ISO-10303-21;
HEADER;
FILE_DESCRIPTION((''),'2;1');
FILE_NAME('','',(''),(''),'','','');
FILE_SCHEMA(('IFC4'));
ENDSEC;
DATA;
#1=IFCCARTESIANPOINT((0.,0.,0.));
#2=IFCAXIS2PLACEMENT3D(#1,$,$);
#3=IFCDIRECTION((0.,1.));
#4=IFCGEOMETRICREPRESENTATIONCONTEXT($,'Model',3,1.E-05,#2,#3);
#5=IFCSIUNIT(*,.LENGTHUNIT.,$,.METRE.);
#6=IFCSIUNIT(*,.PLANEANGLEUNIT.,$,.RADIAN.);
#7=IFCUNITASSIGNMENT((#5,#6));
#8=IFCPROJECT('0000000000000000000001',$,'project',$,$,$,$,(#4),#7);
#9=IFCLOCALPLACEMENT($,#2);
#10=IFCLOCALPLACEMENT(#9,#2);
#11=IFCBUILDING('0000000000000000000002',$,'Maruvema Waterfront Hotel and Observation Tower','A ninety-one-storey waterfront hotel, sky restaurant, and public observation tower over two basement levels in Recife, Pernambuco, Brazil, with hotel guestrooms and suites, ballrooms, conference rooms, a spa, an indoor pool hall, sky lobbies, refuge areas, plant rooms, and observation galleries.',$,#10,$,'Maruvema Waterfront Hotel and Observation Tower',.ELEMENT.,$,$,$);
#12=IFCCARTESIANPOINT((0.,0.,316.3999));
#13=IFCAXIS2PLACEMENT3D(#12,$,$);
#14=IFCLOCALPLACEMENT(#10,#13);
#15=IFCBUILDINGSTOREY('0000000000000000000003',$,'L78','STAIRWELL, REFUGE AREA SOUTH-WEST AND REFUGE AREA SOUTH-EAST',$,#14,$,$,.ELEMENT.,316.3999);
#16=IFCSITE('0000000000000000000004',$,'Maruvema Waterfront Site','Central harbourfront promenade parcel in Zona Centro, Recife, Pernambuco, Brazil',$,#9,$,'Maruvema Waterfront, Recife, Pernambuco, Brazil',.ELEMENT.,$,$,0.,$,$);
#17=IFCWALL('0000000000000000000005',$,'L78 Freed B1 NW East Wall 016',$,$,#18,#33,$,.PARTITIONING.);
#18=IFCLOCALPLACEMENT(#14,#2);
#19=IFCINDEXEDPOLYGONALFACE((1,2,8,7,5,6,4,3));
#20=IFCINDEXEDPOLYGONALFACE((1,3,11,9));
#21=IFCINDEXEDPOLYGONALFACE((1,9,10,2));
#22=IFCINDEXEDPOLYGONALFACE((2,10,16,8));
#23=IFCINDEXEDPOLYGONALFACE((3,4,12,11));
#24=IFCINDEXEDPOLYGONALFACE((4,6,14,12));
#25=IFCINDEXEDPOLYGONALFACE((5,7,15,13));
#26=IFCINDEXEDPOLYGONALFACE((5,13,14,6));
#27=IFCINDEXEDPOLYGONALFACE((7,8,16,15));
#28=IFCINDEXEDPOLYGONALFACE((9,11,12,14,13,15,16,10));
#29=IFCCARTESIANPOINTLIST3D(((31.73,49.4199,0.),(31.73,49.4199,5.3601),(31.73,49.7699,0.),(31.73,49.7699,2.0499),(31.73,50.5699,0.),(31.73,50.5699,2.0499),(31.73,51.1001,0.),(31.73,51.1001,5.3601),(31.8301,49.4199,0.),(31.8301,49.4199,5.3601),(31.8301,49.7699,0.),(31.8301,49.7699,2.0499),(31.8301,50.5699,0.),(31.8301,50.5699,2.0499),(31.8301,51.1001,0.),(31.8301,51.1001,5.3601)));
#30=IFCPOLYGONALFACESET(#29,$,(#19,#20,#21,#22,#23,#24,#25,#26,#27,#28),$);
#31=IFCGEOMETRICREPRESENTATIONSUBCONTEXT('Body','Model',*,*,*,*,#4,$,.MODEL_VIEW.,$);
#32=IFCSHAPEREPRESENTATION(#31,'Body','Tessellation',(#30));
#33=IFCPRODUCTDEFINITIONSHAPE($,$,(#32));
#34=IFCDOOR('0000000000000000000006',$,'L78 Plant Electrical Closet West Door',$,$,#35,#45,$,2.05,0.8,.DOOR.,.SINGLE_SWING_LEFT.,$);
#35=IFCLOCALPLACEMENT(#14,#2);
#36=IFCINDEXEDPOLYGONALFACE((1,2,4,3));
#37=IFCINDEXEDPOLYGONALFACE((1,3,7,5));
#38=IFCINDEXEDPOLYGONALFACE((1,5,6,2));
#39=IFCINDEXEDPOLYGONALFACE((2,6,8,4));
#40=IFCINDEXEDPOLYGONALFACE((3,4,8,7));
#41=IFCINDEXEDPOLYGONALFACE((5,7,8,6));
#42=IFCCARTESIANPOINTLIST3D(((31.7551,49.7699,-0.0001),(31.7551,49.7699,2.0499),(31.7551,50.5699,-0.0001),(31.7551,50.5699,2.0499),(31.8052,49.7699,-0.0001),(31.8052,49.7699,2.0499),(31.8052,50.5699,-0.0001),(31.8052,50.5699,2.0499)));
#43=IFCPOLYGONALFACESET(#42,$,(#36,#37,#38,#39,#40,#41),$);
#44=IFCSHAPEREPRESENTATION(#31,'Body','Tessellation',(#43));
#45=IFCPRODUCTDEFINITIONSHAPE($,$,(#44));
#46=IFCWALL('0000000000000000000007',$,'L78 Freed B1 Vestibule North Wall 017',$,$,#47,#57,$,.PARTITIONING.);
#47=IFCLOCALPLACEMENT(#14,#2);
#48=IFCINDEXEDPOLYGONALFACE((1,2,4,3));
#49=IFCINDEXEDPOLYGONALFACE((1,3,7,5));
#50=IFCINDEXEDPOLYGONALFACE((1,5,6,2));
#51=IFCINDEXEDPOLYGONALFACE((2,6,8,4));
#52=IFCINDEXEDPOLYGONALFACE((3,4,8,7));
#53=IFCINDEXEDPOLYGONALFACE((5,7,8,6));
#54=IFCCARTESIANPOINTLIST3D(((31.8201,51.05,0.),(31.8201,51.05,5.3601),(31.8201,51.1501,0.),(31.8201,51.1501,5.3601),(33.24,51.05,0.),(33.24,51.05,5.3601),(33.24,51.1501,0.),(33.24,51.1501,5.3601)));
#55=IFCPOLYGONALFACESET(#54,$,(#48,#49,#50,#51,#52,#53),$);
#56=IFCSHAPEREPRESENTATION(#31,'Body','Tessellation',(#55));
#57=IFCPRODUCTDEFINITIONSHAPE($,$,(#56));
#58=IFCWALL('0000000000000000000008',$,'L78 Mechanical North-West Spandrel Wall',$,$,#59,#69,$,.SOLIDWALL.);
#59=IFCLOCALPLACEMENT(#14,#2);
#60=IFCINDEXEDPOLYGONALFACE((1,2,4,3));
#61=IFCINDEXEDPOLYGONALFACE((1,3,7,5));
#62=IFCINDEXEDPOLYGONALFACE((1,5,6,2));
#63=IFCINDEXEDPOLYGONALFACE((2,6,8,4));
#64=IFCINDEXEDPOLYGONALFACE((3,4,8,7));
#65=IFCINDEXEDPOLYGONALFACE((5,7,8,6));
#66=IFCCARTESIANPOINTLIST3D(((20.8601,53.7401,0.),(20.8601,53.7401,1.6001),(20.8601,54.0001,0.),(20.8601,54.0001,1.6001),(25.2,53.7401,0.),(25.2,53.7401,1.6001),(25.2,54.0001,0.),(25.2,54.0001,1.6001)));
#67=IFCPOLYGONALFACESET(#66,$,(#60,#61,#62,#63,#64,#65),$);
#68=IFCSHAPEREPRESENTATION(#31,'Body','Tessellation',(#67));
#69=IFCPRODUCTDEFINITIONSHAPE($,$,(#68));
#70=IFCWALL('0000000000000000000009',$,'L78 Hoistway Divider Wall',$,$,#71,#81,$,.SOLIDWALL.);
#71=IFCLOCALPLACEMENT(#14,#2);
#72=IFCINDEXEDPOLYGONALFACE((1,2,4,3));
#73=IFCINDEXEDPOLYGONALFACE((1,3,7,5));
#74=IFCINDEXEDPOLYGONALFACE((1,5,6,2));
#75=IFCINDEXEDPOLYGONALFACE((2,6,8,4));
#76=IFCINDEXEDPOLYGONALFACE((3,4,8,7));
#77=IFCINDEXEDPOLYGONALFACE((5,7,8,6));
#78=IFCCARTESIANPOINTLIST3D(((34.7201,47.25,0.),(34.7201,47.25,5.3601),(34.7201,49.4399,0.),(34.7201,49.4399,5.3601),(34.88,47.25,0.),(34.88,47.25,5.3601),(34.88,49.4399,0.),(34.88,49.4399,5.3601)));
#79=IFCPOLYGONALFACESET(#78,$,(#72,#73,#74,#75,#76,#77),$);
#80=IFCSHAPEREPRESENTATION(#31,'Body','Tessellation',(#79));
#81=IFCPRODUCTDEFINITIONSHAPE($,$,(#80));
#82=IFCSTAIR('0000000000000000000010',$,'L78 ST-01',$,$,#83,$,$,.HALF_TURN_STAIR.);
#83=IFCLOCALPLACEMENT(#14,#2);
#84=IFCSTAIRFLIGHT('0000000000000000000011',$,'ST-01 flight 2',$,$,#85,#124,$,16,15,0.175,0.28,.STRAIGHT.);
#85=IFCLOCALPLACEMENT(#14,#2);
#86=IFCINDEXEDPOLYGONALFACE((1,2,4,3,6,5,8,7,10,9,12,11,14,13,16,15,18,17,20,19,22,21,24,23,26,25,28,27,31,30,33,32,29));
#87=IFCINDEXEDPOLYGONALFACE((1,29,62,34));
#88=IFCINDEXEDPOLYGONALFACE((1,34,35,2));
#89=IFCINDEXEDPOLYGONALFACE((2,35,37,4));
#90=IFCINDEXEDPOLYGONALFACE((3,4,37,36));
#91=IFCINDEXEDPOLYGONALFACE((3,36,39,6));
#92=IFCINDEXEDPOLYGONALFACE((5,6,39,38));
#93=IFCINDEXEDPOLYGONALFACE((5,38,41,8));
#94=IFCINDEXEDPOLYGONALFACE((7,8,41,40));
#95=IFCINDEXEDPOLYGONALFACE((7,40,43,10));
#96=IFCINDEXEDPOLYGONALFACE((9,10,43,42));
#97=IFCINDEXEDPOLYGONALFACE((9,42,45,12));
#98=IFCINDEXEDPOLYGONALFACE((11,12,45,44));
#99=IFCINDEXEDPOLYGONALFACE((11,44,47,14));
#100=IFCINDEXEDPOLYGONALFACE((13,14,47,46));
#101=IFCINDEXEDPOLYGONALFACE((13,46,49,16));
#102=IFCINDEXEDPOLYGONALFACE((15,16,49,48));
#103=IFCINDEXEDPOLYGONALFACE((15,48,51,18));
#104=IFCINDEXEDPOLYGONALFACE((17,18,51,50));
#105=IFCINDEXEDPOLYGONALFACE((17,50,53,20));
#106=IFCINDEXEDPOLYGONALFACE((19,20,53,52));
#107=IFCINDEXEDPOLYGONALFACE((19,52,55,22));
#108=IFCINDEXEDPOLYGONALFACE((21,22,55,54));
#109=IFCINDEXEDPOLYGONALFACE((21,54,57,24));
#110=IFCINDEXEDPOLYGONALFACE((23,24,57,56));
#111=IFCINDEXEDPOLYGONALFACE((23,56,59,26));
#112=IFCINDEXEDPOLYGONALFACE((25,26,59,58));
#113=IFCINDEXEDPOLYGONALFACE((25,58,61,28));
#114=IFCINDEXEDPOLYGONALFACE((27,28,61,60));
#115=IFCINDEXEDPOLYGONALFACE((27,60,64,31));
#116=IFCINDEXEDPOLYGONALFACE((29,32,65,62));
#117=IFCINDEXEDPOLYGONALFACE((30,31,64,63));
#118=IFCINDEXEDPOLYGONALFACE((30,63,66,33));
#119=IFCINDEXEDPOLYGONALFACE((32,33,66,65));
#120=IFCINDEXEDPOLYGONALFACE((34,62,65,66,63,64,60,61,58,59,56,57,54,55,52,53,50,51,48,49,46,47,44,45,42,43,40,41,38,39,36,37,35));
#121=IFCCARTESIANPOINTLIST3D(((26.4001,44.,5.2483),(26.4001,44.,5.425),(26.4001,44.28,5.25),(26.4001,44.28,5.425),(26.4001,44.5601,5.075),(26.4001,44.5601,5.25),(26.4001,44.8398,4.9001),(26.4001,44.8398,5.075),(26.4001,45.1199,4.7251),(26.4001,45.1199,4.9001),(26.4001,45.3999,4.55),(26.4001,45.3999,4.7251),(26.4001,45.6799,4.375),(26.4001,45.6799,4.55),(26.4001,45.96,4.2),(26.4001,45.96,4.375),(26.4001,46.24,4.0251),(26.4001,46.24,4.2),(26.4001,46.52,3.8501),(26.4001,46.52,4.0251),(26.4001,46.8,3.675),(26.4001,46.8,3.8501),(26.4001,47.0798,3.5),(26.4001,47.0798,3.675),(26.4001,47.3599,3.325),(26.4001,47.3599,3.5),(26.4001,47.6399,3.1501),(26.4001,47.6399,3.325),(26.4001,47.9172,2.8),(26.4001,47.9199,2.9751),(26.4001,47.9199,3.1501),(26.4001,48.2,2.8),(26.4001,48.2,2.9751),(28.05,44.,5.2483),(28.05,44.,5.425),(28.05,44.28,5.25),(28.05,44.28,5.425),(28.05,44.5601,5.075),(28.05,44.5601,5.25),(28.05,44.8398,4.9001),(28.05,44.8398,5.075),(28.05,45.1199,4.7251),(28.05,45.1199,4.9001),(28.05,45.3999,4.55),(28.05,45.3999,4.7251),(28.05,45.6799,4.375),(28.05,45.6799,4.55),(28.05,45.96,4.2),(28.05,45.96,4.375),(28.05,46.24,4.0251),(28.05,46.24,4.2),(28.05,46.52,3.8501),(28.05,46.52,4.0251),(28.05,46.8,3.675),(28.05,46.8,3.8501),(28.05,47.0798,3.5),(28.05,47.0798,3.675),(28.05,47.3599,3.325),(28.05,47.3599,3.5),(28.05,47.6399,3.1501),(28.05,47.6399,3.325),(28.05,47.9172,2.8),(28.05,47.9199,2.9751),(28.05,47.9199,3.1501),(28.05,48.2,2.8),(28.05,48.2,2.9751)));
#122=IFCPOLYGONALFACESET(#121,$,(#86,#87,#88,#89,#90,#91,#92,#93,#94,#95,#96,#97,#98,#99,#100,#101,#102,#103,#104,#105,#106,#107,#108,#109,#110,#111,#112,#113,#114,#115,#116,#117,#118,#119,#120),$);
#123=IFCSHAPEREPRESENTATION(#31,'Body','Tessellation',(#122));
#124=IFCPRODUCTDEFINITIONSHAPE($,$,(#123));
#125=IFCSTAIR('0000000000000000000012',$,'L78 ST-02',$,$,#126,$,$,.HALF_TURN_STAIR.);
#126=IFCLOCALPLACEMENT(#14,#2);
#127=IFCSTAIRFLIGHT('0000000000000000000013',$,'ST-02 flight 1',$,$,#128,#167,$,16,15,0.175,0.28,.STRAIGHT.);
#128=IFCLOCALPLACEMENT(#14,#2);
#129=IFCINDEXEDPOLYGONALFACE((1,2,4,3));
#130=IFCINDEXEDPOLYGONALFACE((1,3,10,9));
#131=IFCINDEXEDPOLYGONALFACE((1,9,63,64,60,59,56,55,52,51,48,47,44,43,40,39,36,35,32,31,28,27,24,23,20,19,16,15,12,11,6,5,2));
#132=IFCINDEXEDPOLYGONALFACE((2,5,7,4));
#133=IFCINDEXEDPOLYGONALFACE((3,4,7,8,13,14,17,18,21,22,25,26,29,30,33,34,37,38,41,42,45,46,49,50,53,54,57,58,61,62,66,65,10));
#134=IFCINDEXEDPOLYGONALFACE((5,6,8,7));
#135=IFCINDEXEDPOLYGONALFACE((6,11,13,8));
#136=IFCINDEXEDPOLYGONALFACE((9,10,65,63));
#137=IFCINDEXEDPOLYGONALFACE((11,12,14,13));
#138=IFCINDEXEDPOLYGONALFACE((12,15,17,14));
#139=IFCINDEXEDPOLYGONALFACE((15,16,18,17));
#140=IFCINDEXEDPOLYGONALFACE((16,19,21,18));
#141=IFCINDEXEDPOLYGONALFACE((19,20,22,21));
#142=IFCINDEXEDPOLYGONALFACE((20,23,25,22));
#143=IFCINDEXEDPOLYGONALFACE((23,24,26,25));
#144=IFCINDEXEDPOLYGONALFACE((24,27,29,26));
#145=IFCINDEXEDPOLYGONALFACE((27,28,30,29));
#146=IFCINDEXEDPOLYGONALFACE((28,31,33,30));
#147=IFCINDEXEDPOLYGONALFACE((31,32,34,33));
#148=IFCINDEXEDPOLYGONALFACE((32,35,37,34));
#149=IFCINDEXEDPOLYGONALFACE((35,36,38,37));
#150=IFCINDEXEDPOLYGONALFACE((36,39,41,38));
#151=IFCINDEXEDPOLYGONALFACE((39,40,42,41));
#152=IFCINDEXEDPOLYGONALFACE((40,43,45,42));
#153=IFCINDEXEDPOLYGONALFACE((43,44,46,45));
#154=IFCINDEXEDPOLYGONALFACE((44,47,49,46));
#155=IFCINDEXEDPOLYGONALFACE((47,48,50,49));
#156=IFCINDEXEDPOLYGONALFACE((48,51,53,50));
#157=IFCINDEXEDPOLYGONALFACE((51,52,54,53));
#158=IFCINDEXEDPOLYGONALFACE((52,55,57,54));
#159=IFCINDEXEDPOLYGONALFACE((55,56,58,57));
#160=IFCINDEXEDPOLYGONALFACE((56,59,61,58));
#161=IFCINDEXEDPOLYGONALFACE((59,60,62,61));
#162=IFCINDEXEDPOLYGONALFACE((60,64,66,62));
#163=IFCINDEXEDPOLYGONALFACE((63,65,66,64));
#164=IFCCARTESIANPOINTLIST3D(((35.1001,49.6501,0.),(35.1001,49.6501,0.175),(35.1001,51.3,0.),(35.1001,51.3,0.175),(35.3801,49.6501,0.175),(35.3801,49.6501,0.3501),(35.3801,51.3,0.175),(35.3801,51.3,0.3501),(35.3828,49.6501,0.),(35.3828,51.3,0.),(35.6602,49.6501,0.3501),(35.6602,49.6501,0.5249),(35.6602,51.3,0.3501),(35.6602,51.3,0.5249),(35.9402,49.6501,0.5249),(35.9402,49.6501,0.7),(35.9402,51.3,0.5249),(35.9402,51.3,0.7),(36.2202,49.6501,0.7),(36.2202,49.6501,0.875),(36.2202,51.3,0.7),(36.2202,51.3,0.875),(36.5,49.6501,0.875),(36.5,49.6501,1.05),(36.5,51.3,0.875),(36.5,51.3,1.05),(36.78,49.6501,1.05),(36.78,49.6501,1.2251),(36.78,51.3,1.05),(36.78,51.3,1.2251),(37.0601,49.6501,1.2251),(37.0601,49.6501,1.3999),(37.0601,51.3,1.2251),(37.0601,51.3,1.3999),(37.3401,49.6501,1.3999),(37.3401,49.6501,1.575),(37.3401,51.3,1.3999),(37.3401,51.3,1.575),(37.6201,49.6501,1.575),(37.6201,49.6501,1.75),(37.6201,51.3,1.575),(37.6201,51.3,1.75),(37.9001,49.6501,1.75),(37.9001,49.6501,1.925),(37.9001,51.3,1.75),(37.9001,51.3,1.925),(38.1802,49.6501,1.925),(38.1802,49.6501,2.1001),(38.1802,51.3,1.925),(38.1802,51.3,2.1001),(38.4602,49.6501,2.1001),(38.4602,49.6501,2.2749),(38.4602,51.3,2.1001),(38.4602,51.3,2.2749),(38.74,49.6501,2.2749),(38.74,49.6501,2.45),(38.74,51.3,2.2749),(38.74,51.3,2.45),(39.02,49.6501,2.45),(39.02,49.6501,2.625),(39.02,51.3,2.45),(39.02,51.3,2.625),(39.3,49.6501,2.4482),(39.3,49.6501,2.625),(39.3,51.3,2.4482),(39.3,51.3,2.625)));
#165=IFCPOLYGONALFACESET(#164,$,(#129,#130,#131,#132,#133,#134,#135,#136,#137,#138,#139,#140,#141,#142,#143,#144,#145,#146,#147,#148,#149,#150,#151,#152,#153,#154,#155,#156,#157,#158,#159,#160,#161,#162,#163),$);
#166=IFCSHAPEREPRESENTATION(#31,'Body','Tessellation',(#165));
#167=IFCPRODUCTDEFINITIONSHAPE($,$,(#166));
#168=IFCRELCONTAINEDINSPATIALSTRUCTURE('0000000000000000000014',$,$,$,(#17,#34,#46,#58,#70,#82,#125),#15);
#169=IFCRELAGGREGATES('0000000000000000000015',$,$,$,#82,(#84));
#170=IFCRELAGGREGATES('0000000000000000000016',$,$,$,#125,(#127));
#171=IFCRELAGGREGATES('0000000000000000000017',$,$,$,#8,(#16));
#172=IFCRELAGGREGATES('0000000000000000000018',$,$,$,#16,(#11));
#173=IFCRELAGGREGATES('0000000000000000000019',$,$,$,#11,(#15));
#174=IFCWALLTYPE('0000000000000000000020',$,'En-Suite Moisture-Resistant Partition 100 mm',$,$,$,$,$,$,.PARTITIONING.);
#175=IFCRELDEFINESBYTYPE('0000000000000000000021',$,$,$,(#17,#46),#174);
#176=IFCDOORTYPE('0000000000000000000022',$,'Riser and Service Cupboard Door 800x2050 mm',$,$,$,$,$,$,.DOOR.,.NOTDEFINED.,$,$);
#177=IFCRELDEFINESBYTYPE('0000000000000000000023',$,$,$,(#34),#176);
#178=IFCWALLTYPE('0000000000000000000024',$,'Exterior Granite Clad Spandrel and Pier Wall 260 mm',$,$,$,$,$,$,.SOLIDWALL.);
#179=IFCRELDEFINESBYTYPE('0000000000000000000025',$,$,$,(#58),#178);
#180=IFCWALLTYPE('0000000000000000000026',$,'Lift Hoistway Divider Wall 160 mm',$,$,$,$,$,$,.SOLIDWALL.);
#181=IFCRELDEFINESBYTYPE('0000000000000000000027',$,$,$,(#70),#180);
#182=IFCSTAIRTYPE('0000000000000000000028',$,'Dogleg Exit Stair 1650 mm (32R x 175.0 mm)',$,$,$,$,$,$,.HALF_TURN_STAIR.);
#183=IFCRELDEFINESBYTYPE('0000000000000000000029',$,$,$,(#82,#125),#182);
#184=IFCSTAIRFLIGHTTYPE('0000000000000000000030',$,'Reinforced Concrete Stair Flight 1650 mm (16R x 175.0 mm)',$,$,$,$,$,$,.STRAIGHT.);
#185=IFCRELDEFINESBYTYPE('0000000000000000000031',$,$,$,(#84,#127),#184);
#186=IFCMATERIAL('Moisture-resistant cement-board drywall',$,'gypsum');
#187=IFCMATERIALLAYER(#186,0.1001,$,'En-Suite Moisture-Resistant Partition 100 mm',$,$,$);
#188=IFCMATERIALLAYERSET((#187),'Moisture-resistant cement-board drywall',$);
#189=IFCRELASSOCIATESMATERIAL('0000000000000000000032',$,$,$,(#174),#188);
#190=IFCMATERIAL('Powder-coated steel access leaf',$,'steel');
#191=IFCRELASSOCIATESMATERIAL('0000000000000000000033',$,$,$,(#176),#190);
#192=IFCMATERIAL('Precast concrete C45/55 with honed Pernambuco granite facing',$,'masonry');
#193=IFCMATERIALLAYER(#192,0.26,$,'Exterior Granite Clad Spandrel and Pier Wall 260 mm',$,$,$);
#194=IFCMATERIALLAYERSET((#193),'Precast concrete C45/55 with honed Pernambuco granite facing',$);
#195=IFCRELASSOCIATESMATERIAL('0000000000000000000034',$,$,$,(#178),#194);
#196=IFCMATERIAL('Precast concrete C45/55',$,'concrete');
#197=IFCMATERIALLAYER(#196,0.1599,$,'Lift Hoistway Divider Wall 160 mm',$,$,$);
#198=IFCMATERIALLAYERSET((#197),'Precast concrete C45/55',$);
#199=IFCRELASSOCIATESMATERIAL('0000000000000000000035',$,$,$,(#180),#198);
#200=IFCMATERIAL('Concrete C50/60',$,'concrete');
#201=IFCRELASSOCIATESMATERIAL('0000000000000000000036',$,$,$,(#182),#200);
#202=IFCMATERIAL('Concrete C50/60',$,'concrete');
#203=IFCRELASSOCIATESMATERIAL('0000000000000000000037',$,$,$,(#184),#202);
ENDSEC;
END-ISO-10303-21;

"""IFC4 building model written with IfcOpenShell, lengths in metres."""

from ifc_helpers import new_model, si_unit, direction, frame, frame_2d, origin, place, context, subcontext, project, spatial, polyline, rectangle, outline, extrude, material, layer, layer_set, type_object, element, fill, aggregate, save


model = new_model("IFC4")

# Units and contexts
model_context = context("Model", 3, precision=1e-05, world=origin(), true_north=direction((0.0, 1.0)))
body_context = subcontext(model_context, "Body", "Model", "MODEL_VIEW")
ifc_project = project(units=[si_unit("LENGTHUNIT", "METRE"), si_unit("PLANEANGLEUNIT", "RADIAN")], contexts=[model_context])

# Site, building, storey
site_placement = place(None, origin())
site = spatial("IfcSite", under=ifc_project, at=site_placement, Name="Maruvema Waterfront Site", Description="Central harbourfront promenade parcel in Zona Centro, Recife, Pernambuco, Brazil", LongName="Maruvema Waterfront, Recife, Pernambuco, Brazil", CompositionType="ELEMENT", RefElevation=0.0)
building_placement = place(site_placement, origin())
building = spatial("IfcBuilding", under=site, at=building_placement, Name="Maruvema Waterfront Hotel and Observation Tower", Description="A ninety-one-storey waterfront hotel, sky restaurant, and public observation tower over two basement levels in Recife, Pernambuco, Brazil, with hotel guestrooms and suites, ballrooms, conference rooms, a spa, an indoor pool hall, sky lobbies, refuge areas, plant rooms, and observation galleries.", LongName="Maruvema Waterfront Hotel and Observation Tower", CompositionType="ELEMENT")
storey_placement = place(building_placement, frame((0.0, 0.0, 316.3999)))
storey = spatial("IfcBuildingStorey", under=building, at=storey_placement, Name="L78", Description="STAIRWELL, REFUGE AREA SOUTH-WEST AND REFUGE AREA SOUTH-EAST", CompositionType="ELEMENT", Elevation=316.3999)

# Shared definitions
ifc_material_1 = material(Name="Moisture-resistant cement-board drywall", Category="gypsum")
ifc_layer_1 = layer(ifc_material_1, 0.1001, Name="En-Suite Moisture-Resistant Partition 100 mm")
ifc_layer_set_1 = layer_set([ifc_layer_1], Name="Moisture-resistant cement-board drywall")
wall_type_1 = type_object("IfcWallType", Name="En-Suite Moisture-Resistant Partition 100 mm", PredefinedType="PARTITIONING", material=ifc_layer_set_1)

# Wall, opening, door
ifc_material_2 = material(Name="Powder-coated steel access leaf", Category="steel")
door_type_1 = type_object("IfcDoorType", Name="Riser and Service Cupboard Door 800x2050 mm", OperationType="NOTDEFINED", PredefinedType="DOOR", material=ifc_material_2)
wall_1_placement = place(storey_placement, frame((31.78, 49.4199, 0.0), z_axis=(0.0, 0.0, 1.0), x_axis=(0.0, 1.0, 0.0)))
wall_1 = element("IfcWall", 1, at=wall_1_placement, inside=storey, type_object=wall_type_1, Name="L78 Freed B1 NW East Wall 016", PredefinedType="PARTITIONING", context=body_context, shape_type="SweptSolid", body=[
    extrude(rectangle(XDim=1.6802, YDim=0.1001, at=frame_2d((0.8401, 0.0))), origin(), (0.0, 0.0, 1.0), 5.3601),
])
opening_1_placement = place(wall_1_placement, frame((0.3501, 0.0, 0.0)))
opening_1 = element("IfcOpeningElement", 2, at=opening_1_placement, cuts=wall_1, PredefinedType="OPENING", context=body_context, shape_type="SweptSolid", body=[
    extrude(rectangle(XDim=0.8, YDim=2.05, at=frame_2d((0.3999, 1.0249))), frame((0.0, 0.0601, 0.0), z_axis=(0.0, -1.0, 0.0), x_axis=(1.0, 0.0, 0.0)), (0.0, 0.0, 1.0), 0.1201),
])
door_1_placement = place(opening_1_placement, origin())
door_1 = element("IfcDoor", 3, at=door_1_placement, inside=storey, type_object=door_type_1, Name="L78 Plant Electrical Closet West Door", OperationType="SINGLE_SWING_LEFT", OverallHeight=2.05, OverallWidth=0.8, PredefinedType="DOOR", context=body_context, shape_type="SweptSolid", body=[
    extrude(rectangle(XDim=0.8, YDim=2.05, at=frame_2d((0.3999, 1.0249))), frame((0.0, 0.0249, 0.0), z_axis=(0.0, -1.0, 0.0), x_axis=(1.0, 0.0, 0.0)), (0.0, 0.0, 1.0), 0.05),
])
fill(opening_1, door_1)

# Walls
wall_2_placement = place(storey_placement, frame((31.8201, 51.1001, 0.0), z_axis=(0.0, 0.0, 1.0), x_axis=(1.0, 0.0, 0.0)))
element("IfcWall", 4, at=wall_2_placement, inside=storey, type_object=wall_type_1, Name="L78 Freed B1 Vestibule North Wall 017", PredefinedType="PARTITIONING", context=body_context, shape_type="SweptSolid", body=[
    extrude(rectangle(XDim=1.4199, YDim=0.1001, at=frame_2d((0.71, 0.0))), origin(), (0.0, 0.0, 1.0), 5.3601),
])
ifc_material_3 = material(Name="Precast concrete C45/55 with honed Pernambuco granite facing", Category="masonry")
ifc_layer_2 = layer(ifc_material_3, 0.26, Name="Exterior Granite Clad Spandrel and Pier Wall 260 mm")
ifc_layer_set_2 = layer_set([ifc_layer_2], Name="Precast concrete C45/55 with honed Pernambuco granite facing")
wall_type_2 = type_object("IfcWallType", Name="Exterior Granite Clad Spandrel and Pier Wall 260 mm", PredefinedType="SOLIDWALL", material=ifc_layer_set_2)
wall_3_placement = place(storey_placement, frame((25.2, 53.8701, 0.0), z_axis=(0.0, 0.0, 1.0), x_axis=(-1.0, 0.0, 0.0)))
element("IfcWall", 5, at=wall_3_placement, inside=storey, type_object=wall_type_2, Name="L78 Mechanical North-West Spandrel Wall", PredefinedType="SOLIDWALL", context=body_context, shape_type="SweptSolid", body=[
    extrude(rectangle(XDim=4.3398, YDim=0.26, at=frame_2d((2.1699, 0.0))), origin(), (0.0, 0.0, 1.0), 1.6001),
])
ifc_material_4 = material(Name="Precast concrete C45/55", Category="concrete")
ifc_layer_3 = layer(ifc_material_4, 0.1599, Name="Lift Hoistway Divider Wall 160 mm")
ifc_layer_set_3 = layer_set([ifc_layer_3], Name="Precast concrete C45/55")
wall_type_3 = type_object("IfcWallType", Name="Lift Hoistway Divider Wall 160 mm", PredefinedType="SOLIDWALL", material=ifc_layer_set_3)
wall_4_placement = place(storey_placement, frame((34.8, 47.25, 0.0), z_axis=(0.0, 0.0, 1.0), x_axis=(0.0, 1.0, 0.0)))
element("IfcWall", 6, at=wall_4_placement, inside=storey, type_object=wall_type_3, Name="L78 Hoistway Divider Wall", PredefinedType="SOLIDWALL", context=body_context, shape_type="SweptSolid", body=[
    extrude(rectangle(XDim=2.1899, YDim=0.1599, at=frame_2d((1.095, 0.0))), origin(), (0.0, 0.0, 1.0), 5.3601),
])

# Stairs, stair flights
ifc_material_5 = material(Name="Concrete C50/60", Category="concrete")
stair_type = type_object("IfcStairType", Name="Dogleg Exit Stair 1650 mm (32R x 175.0 mm)", PredefinedType="HALF_TURN_STAIR", material=ifc_material_5)
stair_1_placement = place(storey_placement, origin())
stair_1 = element("IfcStair", 7, at=stair_1_placement, inside=storey, type_object=stair_type, Name="L78 ST-01", PredefinedType="HALF_TURN_STAIR")
ifc_material_6 = material(Name="Concrete C50/60", Category="concrete")
stair_flight_type = type_object("IfcStairFlightType", Name="Reinforced Concrete Stair Flight 1650 mm (16R x 175.0 mm)", PredefinedType="STRAIGHT", material=ifc_material_6)
stair_flight_1_placement = place(storey_placement, frame((27.2251, 48.2, 2.8), z_axis=(0.0, 0.0, 1.0), x_axis=(0.0, -1.0, 0.0)))
stair_flight_1 = element("IfcStairFlight", 8, at=stair_flight_1_placement, type_object=stair_flight_type, Name="ST-01 flight 2", NumberOfRisers=16, NumberOfTreads=15, PredefinedType="STRAIGHT", RiserHeight=0.175, TreadLength=0.28, context=body_context, shape_type="SweptSolid", body=[
    extrude(outline(polyline([(0.0, 0.0), (0.0, 0.175), (0.28, 0.175), (0.28, 0.3501), (0.5601, 0.3501), (0.5601, 0.5249), (0.8401, 0.5249), (0.8401, 0.7), (1.1201, 0.7), (1.1201, 0.875), (1.3999, 0.875), (1.3999, 1.05), (1.6799, 1.05), (1.6799, 1.2251), (1.96, 1.2251), (1.96, 1.3999), (2.24, 1.3999), (2.24, 1.575), (2.52, 1.575), (2.52, 1.75), (2.8, 1.75), (2.8, 1.925), (3.0801, 1.925), (3.0801, 2.1001), (3.3601, 2.1001), (3.3601, 2.2749), (3.6399, 2.2749), (3.6399, 2.45), (3.9199, 2.45), (3.9199, 2.625), (4.2, 2.625), (4.2, 2.8), (4.2, 2.4482), (0.2827, 0.0), (0.0, 0.0)])), frame((0.0, 0.825, 0.0), z_axis=(0.0, -1.0, 0.0), x_axis=(1.0, 0.0, 0.0)), (0.0, 0.0, 1.0), 1.6499),
])
aggregate(stair_1, [stair_flight_1])
stair_2_placement = place(storey_placement, origin())
stair_2 = element("IfcStair", 9, at=stair_2_placement, inside=storey, type_object=stair_type, Name="L78 ST-02", PredefinedType="HALF_TURN_STAIR")
stair_flight_2_placement = place(storey_placement, frame((35.1001, 50.4751, 0.0), z_axis=(0.0, 0.0, 1.0), x_axis=(1.0, 0.0, 0.0)))
stair_flight_2 = element("IfcStairFlight", 10, at=stair_flight_2_placement, type_object=stair_flight_type, Name="ST-02 flight 1", NumberOfRisers=16, NumberOfTreads=15, PredefinedType="STRAIGHT", RiserHeight=0.175, TreadLength=0.28, context=body_context, shape_type="SweptSolid", body=[
    extrude(outline(polyline([(0.0, 0.0), (0.0, 0.175), (0.28, 0.175), (0.28, 0.3501), (0.5601, 0.3501), (0.5601, 0.5249), (0.8401, 0.5249), (0.8401, 0.7), (1.1201, 0.7), (1.1201, 0.875), (1.3999, 0.875), (1.3999, 1.05), (1.6799, 1.05), (1.6799, 1.2251), (1.96, 1.2251), (1.96, 1.3999), (2.24, 1.3999), (2.24, 1.575), (2.52, 1.575), (2.52, 1.75), (2.8, 1.75), (2.8, 1.925), (3.0801, 1.925), (3.0801, 2.1001), (3.3601, 2.1001), (3.3601, 2.2749), (3.6399, 2.2749), (3.6399, 2.45), (3.9199, 2.45), (3.9199, 2.625), (4.2, 2.625), (4.2, 2.8), (4.2, 2.4482), (0.2827, 0.0), (0.0, 0.0)])), frame((0.0, 0.825, 0.0), z_axis=(0.0, -1.0, 0.0), x_axis=(1.0, 0.0, 0.0)), (0.0, 0.0, 1.0), 1.6499),
])
aggregate(stair_2, [stair_flight_2])

save(model, "model.ifc")
